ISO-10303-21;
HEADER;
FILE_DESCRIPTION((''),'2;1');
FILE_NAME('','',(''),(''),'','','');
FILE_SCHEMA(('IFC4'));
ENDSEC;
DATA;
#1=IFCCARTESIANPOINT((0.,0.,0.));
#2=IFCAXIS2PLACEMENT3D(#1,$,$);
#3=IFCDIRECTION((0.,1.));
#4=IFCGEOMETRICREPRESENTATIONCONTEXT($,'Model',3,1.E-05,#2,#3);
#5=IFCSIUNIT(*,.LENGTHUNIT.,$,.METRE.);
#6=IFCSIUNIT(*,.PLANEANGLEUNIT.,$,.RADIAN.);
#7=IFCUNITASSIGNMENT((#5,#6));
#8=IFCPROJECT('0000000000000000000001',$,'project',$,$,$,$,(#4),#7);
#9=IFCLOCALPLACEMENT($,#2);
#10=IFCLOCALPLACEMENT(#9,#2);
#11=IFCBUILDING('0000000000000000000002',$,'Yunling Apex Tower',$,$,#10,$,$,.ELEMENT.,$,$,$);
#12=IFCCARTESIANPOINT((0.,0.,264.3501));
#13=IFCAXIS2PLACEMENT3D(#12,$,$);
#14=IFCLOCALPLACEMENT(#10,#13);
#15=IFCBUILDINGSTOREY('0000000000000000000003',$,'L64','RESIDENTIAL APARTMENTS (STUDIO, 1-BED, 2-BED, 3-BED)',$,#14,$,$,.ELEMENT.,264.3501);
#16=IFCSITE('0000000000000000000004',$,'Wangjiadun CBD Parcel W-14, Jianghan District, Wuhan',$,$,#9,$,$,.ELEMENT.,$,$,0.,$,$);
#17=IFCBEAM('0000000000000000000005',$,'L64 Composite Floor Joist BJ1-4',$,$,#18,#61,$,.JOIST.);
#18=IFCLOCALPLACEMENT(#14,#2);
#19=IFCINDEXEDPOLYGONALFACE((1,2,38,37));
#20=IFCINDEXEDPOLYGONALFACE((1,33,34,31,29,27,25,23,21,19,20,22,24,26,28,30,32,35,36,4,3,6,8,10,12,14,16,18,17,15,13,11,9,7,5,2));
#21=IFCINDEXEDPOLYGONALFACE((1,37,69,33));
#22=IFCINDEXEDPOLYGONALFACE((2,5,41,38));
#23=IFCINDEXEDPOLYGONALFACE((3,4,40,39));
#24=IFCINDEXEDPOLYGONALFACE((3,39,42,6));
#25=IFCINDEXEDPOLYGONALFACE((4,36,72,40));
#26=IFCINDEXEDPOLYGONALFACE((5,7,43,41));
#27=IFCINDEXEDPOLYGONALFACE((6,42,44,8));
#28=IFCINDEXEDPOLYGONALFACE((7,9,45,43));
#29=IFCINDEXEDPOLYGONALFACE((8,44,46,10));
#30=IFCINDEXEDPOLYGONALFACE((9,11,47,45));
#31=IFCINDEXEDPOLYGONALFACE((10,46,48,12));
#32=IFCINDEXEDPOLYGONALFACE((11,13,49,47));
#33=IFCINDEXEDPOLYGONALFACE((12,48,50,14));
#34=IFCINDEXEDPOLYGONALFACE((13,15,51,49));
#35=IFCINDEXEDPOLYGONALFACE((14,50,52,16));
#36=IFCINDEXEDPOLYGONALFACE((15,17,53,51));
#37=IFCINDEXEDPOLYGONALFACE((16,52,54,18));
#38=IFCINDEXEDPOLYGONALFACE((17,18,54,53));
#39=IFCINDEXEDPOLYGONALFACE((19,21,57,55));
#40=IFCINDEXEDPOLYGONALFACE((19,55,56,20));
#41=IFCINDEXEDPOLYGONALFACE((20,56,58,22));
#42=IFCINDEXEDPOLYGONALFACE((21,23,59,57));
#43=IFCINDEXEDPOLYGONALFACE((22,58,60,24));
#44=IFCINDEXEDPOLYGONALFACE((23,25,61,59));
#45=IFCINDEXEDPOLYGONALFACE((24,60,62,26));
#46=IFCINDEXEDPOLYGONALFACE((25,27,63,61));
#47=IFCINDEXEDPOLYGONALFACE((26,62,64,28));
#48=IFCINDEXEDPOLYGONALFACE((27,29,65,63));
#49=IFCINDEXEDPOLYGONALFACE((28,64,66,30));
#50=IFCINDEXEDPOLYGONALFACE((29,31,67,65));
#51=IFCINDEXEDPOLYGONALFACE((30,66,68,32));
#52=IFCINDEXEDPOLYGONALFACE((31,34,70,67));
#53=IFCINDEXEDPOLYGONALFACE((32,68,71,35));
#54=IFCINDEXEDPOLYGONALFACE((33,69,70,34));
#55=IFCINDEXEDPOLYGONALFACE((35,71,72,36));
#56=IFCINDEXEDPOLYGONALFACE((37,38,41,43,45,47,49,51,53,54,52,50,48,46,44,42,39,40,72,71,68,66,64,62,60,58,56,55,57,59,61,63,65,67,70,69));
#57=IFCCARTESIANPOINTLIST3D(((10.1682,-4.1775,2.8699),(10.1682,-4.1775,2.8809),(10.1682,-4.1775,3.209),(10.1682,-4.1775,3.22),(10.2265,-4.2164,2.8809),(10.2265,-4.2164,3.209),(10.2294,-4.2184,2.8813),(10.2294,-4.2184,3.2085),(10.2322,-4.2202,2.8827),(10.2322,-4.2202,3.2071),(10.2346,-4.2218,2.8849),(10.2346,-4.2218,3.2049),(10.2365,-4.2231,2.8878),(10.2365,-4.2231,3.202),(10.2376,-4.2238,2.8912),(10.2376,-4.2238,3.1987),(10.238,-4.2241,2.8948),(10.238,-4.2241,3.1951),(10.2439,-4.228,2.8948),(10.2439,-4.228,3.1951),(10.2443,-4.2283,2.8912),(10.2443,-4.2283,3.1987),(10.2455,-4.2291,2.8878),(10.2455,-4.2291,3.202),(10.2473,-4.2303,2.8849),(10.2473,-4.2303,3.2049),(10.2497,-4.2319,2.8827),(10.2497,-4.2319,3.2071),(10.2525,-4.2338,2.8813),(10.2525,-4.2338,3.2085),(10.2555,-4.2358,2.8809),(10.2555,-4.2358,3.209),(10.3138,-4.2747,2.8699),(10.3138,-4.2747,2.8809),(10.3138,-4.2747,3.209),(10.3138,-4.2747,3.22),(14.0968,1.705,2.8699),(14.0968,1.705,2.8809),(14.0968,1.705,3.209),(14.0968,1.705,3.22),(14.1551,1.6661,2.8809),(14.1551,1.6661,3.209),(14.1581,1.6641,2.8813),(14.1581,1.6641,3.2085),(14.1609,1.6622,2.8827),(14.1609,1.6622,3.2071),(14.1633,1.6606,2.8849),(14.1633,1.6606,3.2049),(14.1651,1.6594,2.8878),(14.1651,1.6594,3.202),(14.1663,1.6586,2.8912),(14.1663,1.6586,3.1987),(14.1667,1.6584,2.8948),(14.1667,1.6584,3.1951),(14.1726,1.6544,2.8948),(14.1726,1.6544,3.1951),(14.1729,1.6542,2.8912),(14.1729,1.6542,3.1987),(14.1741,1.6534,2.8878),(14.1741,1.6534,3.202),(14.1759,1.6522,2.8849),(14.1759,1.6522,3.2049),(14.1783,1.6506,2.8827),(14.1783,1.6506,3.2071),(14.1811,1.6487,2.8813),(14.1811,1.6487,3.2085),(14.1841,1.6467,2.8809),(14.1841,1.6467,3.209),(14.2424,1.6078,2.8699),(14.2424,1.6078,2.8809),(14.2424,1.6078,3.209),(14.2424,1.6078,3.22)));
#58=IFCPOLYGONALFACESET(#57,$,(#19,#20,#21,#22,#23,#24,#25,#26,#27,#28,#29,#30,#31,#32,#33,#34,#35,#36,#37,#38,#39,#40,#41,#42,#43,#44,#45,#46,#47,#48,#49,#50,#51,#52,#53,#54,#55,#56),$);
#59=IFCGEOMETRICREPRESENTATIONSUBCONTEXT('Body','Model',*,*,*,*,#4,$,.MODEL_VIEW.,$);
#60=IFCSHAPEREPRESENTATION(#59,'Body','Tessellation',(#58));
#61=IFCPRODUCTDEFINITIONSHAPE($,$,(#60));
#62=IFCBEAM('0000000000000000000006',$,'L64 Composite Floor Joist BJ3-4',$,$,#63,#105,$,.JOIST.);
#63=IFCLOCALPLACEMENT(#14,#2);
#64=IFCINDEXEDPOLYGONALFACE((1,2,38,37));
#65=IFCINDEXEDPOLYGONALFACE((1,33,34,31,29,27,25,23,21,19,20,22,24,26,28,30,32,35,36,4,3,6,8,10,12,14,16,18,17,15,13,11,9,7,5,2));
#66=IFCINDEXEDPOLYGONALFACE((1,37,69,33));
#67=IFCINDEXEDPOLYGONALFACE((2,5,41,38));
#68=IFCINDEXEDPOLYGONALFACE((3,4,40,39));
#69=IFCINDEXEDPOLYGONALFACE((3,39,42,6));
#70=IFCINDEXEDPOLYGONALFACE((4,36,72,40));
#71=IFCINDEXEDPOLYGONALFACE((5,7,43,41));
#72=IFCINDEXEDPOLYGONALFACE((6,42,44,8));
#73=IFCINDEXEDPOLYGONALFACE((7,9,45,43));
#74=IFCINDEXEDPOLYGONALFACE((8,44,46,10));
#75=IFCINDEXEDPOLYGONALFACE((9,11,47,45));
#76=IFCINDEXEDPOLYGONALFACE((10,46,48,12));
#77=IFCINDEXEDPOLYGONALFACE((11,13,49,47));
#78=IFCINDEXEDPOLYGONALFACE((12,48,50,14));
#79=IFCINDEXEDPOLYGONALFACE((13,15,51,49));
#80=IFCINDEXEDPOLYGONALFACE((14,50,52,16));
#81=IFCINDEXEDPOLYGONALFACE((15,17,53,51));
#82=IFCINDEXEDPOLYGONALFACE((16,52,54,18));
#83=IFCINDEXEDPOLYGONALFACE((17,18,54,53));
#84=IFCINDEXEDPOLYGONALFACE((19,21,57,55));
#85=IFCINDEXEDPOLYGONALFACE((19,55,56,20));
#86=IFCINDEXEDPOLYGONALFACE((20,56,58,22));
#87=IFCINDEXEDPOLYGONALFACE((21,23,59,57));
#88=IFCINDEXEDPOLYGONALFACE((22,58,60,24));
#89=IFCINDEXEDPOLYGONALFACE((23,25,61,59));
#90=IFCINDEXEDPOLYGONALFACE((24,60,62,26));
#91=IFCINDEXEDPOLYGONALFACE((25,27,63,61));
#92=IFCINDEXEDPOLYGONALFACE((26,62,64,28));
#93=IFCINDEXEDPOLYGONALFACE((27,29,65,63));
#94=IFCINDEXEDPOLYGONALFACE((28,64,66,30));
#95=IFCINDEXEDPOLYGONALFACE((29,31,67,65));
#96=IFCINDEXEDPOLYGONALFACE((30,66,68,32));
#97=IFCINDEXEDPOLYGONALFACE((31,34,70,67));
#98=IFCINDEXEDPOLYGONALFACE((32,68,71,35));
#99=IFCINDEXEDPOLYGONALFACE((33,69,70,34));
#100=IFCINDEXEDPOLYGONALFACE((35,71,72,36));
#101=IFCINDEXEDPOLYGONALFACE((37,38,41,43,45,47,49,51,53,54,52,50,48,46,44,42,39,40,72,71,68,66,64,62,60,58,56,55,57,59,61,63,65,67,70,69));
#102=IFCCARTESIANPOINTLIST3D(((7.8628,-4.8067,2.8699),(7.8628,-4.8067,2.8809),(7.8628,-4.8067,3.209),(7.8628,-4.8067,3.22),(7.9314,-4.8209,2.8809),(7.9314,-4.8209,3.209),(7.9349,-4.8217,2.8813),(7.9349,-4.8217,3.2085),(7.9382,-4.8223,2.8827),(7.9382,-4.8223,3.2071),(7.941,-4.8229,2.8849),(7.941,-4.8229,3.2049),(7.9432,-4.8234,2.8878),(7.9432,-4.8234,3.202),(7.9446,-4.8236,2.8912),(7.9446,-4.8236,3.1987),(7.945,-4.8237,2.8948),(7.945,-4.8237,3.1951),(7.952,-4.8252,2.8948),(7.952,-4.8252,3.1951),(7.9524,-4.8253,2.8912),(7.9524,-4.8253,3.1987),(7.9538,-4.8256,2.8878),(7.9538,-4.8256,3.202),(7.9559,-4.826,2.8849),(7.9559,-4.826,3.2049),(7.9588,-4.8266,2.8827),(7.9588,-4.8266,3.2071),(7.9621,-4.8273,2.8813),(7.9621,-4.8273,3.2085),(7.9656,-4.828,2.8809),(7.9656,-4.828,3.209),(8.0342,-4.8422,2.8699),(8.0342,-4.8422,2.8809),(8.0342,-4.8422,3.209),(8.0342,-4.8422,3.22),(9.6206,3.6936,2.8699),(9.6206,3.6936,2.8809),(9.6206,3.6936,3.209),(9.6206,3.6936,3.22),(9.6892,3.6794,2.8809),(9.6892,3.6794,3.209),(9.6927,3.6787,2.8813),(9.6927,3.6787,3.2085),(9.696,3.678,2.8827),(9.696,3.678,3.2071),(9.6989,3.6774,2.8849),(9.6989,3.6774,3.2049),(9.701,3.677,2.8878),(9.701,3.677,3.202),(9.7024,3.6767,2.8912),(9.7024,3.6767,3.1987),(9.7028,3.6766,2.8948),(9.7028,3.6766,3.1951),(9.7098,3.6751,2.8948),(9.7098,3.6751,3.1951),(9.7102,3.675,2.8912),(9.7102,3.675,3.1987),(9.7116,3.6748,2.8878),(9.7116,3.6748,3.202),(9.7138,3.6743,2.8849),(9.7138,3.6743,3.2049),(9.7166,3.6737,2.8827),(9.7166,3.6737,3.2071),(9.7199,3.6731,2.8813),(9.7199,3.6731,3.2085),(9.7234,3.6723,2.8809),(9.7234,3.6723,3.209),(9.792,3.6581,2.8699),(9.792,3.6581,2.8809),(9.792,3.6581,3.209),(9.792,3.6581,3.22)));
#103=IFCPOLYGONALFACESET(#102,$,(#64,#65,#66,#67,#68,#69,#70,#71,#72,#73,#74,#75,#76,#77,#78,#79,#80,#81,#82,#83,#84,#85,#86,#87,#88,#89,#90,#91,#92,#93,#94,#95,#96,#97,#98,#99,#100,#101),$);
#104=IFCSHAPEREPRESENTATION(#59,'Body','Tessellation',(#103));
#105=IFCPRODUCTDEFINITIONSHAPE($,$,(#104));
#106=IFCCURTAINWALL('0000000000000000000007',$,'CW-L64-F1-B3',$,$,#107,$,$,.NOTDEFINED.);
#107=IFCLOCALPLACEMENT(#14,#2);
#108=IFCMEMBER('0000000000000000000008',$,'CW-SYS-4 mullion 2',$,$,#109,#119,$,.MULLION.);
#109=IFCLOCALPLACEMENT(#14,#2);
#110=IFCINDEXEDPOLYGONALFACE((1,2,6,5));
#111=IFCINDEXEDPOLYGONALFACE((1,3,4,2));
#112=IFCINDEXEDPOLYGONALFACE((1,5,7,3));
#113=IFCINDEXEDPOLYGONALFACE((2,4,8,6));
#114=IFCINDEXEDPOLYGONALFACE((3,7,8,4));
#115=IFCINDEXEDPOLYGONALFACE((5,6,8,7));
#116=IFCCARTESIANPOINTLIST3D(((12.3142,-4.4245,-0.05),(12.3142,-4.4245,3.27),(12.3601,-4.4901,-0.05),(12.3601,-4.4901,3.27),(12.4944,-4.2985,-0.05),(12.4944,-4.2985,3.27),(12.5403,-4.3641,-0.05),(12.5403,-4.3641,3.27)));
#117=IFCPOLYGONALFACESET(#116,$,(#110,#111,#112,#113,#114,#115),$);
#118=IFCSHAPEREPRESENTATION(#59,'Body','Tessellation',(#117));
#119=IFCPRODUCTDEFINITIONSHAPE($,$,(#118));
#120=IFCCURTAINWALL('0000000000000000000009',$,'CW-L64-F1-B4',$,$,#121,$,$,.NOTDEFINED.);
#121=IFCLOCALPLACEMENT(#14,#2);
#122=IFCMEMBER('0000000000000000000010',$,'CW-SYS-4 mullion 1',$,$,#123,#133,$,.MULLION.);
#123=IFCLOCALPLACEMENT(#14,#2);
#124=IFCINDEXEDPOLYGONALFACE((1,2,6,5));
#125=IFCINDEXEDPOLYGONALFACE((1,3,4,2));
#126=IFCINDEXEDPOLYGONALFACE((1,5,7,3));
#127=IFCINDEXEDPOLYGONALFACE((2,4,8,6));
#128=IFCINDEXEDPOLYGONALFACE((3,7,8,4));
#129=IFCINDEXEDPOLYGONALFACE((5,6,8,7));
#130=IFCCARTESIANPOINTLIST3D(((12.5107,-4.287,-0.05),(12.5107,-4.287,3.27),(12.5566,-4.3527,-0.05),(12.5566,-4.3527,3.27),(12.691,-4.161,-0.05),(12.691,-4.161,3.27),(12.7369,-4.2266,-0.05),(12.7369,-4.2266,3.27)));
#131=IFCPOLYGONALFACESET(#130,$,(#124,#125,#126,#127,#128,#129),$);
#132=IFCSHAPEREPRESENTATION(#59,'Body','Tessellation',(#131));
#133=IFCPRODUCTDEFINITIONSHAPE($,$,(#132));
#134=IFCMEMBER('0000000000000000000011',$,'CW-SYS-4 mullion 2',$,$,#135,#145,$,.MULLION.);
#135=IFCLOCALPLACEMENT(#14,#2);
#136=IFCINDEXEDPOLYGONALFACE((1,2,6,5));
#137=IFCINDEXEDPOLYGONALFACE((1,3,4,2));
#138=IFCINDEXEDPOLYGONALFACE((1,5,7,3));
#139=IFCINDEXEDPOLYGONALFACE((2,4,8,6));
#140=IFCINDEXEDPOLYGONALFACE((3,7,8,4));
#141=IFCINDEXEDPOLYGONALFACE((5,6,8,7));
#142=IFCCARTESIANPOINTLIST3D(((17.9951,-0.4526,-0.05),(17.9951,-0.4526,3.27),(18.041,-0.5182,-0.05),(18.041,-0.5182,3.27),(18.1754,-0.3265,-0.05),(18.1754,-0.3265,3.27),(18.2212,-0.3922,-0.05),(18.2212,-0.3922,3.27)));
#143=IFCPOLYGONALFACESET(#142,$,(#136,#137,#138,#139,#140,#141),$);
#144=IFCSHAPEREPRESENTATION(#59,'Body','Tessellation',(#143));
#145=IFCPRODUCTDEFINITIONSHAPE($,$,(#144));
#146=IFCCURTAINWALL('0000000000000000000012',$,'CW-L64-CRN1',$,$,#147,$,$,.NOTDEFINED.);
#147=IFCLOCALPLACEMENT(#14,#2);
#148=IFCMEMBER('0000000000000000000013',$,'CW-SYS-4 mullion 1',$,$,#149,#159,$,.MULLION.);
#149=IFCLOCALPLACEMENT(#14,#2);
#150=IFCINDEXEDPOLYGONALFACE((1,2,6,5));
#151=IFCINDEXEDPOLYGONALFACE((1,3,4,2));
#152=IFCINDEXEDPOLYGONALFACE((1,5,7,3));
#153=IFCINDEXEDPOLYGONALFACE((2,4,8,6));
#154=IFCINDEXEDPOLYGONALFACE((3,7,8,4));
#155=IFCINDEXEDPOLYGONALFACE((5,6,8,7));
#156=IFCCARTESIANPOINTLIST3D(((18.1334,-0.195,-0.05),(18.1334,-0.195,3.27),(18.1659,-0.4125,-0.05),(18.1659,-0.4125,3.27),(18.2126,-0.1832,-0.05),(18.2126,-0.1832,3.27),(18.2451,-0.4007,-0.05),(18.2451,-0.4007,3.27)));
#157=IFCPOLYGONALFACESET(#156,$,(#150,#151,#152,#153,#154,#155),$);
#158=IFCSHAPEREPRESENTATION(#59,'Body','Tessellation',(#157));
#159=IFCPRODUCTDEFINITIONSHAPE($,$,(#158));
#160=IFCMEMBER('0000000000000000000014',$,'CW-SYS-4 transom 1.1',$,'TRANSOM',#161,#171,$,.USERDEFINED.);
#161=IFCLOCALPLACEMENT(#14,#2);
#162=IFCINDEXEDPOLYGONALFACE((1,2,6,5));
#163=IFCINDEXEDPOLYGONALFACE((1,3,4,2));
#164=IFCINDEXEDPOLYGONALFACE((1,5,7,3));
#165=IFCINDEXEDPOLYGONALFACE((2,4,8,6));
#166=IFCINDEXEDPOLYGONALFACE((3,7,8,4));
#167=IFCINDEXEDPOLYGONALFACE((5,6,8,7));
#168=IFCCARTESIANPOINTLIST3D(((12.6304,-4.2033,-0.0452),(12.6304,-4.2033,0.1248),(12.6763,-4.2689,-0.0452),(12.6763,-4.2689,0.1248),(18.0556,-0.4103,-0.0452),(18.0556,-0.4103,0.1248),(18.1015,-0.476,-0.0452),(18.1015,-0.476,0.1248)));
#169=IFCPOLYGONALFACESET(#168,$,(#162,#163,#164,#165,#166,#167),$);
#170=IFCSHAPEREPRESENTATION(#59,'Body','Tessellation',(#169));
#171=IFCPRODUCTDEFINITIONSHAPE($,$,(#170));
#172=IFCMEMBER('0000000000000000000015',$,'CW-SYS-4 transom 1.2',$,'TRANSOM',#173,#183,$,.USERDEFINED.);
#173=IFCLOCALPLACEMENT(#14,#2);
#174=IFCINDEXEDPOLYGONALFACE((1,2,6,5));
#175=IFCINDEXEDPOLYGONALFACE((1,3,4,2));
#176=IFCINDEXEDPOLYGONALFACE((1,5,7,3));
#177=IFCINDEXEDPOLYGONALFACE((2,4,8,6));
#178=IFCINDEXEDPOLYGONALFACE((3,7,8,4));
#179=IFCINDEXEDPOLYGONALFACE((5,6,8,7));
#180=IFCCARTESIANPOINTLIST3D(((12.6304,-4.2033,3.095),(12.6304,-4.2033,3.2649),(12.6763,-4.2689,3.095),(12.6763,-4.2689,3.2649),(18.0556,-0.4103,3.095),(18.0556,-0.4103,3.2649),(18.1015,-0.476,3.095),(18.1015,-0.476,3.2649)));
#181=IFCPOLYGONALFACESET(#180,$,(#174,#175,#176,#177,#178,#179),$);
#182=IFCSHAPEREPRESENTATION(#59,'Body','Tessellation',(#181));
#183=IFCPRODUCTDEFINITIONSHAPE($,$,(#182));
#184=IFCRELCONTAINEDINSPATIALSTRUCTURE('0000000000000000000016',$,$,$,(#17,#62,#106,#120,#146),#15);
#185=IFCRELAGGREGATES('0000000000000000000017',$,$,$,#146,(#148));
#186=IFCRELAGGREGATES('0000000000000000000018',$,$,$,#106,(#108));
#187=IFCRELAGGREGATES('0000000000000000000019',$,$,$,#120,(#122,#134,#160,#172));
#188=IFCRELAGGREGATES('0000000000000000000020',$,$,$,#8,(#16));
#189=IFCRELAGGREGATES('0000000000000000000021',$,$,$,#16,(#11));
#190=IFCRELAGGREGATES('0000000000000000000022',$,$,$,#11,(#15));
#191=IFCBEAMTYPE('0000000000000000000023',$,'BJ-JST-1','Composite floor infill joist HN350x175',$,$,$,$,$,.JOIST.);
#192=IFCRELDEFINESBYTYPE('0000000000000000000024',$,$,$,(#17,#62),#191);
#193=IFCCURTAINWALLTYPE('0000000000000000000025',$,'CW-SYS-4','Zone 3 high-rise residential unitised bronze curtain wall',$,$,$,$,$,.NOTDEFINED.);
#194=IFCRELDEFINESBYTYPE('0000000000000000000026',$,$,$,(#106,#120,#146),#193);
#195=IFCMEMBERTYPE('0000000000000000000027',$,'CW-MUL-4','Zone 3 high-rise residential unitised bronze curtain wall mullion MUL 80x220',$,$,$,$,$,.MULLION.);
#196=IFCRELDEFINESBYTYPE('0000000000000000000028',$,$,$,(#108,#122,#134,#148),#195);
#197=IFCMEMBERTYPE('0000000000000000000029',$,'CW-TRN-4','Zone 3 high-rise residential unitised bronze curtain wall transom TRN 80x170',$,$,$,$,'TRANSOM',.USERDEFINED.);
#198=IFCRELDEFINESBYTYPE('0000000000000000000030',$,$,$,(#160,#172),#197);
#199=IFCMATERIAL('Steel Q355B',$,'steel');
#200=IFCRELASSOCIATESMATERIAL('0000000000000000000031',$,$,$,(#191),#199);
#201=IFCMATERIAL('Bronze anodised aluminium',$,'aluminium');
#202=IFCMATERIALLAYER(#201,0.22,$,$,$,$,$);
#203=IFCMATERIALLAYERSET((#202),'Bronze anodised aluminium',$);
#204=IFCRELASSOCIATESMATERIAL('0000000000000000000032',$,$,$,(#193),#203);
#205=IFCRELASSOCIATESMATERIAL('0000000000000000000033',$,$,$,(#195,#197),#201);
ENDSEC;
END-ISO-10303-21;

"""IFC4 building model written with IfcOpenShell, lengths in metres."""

from ifc_helpers import new_model, si_unit, direction, frame, origin, origin_2d, place, context, subcontext, project, spatial, rectangle, i_section, extrude, source, transform, mapped, material, layer, layer_set, material_profile, profile_set, type_object, element, aggregate, save


model = new_model("IFC4")

# Units and contexts
model_context = context("Model", 3, precision=1e-05, world=origin(), true_north=direction((0.0, 1.0)))
body_context = subcontext(model_context, "Body", "Model", "MODEL_VIEW")
ifc_project = project(units=[si_unit("LENGTHUNIT", "METRE"), si_unit("PLANEANGLEUNIT", "RADIAN")], contexts=[model_context])

# Site, building, storey
site_placement = place(None, origin())
site = spatial("IfcSite", under=ifc_project, at=site_placement, Name="Wangjiadun CBD Parcel W-14, Jianghan District, Wuhan", CompositionType="ELEMENT", RefElevation=0.0)
building_placement = place(site_placement, origin())
building = spatial("IfcBuilding", under=site, at=building_placement, Name="Yunling Apex Tower", CompositionType="ELEMENT")
storey_placement = place(building_placement, frame((0.0, 0.0, 264.3501)))
storey = spatial("IfcBuildingStorey", under=building, at=storey_placement, Name="L64", Description="RESIDENTIAL APARTMENTS (STUDIO, 1-BED, 2-BED, 3-BED)", CompositionType="ELEMENT", Elevation=264.3501)

# Shared definitions
ifc_material_1 = material(Name="Steel Q355B", Category="steel")

# Beams
ifc_material_profile_1 = material_profile(ifc_material_1, i_section(OverallWidth=0.175, OverallDepth=0.3501, WebThickness=0.0071, FlangeThickness=0.011, FilletRadius=0.0139, at=origin_2d()))
ifc_profile_set_1 = profile_set([ifc_material_profile_1], Name="Steel Q355B")
beam_type_1 = type_object("IfcBeamType", Name="BJ-JST-1", Description="Composite floor infill joist HN350x175", PredefinedType="JOIST", material=ifc_profile_set_1)
shared_shape_1 = source(origin(), body_context, "Body", "SweptSolid", [
    extrude(i_section(OverallWidth=0.175, OverallDepth=0.3501, WebThickness=0.0071, FlangeThickness=0.011, FilletRadius=0.0139, at=origin_2d()), origin(), (0.0, 0.0, 1.0), 7.0737),
])
beam_1_placement = place(storey_placement, frame((10.241, -4.2261, 3.0449), z_axis=(0.555385, 0.831593, 0.0), x_axis=(-0.831593, 0.555385, 0.0)))
element("IfcBeam", 1, at=beam_1_placement, inside=storey, type_object=beam_type_1, Name="L64 Composite Floor Joist BJ1-4", PredefinedType="JOIST", context=body_context, shape_type="MappedRepresentation", body=[
    mapped(shared_shape_1, transform((0.0, 0.0, 0.0), scale=1.0)),
])
shared_shape_2 = source(origin(), body_context, "Body", "SweptSolid", [
    extrude(i_section(OverallWidth=0.175, OverallDepth=0.3501, WebThickness=0.0071, FlangeThickness=0.011, FilletRadius=0.0139, at=origin_2d()), origin(), (0.0, 0.0, 1.0), 8.6802),
])
beam_2_placement = place(storey_placement, frame((7.9485, -4.8245, 3.0449), z_axis=(0.202511, 0.97928, 0.0), x_axis=(-0.97928, 0.202511, 0.0)))
element("IfcBeam", 2, at=beam_2_placement, inside=storey, type_object=beam_type_1, Name="L64 Composite Floor Joist BJ3-4", PredefinedType="JOIST", context=body_context, shape_type="MappedRepresentation", body=[
    mapped(shared_shape_2, transform((0.0, 0.0, 0.0), scale=1.0)),
])

# Curtain wall, member
ifc_material_2 = material(Name="Bronze anodised aluminium", Category="aluminium")
ifc_layer_1 = layer(ifc_material_2, 0.22)
ifc_layer_set_1 = layer_set([ifc_layer_1], Name="Bronze anodised aluminium")
curtain_wall_type = type_object("IfcCurtainWallType", Name="CW-SYS-4", Description="Zone 3 high-rise residential unitised bronze curtain wall", PredefinedType="NOTDEFINED", material=ifc_layer_set_1)
curtain_wall_1_placement = place(storey_placement, origin())
curtain_wall_1 = element("IfcCurtainWall", 3, at=curtain_wall_1_placement, inside=storey, type_object=curtain_wall_type, Name="CW-L64-F1-B3", PredefinedType="NOTDEFINED")
ifc_material_profile_2 = material_profile(ifc_material_2, rectangle(XDim=0.0801, YDim=0.22, at=origin_2d()))
ifc_profile_set_2 = profile_set([ifc_material_profile_2], Name="Bronze anodised aluminium")
member_type_1 = type_object("IfcMemberType", Name="CW-MUL-4", Description="Zone 3 high-rise residential unitised bronze curtain wall mullion MUL 80x220", PredefinedType="MULLION", material=ifc_profile_set_2)
shared_shape_3 = source(origin(), body_context, "Body", "SweptSolid", [
    extrude(rectangle(XDim=0.0801, YDim=0.22, at=origin_2d()), origin(), (0.0, 0.0, 1.0), 3.3201),
])
member_1_placement = place(storey_placement, frame((12.4272, -4.3943, -0.05), z_axis=(0.0, 0.0, 1.0), x_axis=(-0.57301, 0.819548, 0.0)))
member_1 = element("IfcMember", 4, at=member_1_placement, type_object=member_type_1, Name="CW-SYS-4 mullion 2", PredefinedType="MULLION", context=body_context, shape_type="MappedRepresentation", body=[
    mapped(shared_shape_3, transform((0.0, 0.0, 0.0), scale=1.0)),
])

# Curtain wall, members
curtain_wall_2_placement = place(storey_placement, origin())
curtain_wall_2 = element("IfcCurtainWall", 5, at=curtain_wall_2_placement, inside=storey, type_object=curtain_wall_type, Name="CW-L64-F1-B4", PredefinedType="NOTDEFINED")
member_2_placement = place(storey_placement, frame((12.6238, -4.2568, -0.05), z_axis=(0.0, 0.0, 1.0), x_axis=(-0.573, 0.819555, 0.0)))
member_2 = element("IfcMember", 6, at=member_2_placement, type_object=member_type_1, Name="CW-SYS-4 mullion 1", PredefinedType="MULLION", context=body_context, shape_type="MappedRepresentation", body=[
    mapped(shared_shape_3, transform((0.0, 0.0, 0.0), scale=1.0)),
])
member_3_placement = place(storey_placement, frame((18.1082, -0.4224, -0.05), z_axis=(0.0, 0.0, 1.0), x_axis=(-0.573, 0.819555, 0.0)))
member_3 = element("IfcMember", 7, at=member_3_placement, type_object=member_type_1, Name="CW-SYS-4 mullion 2", PredefinedType="MULLION", context=body_context, shape_type="MappedRepresentation", body=[
    mapped(shared_shape_3, transform((0.0, 0.0, 0.0), scale=1.0)),
])

# Curtain wall, member
curtain_wall_3_placement = place(storey_placement, origin())
curtain_wall_3 = element("IfcCurtainWall", 8, at=curtain_wall_3_placement, inside=storey, type_object=curtain_wall_type, Name="CW-L64-CRN1", PredefinedType="NOTDEFINED")
member_4_placement = place(storey_placement, frame((18.1892, -0.2979, -0.05), z_axis=(0.0, 0.0, 1.0), x_axis=(-0.989017, -0.147803, 0.0)))
member_4 = element("IfcMember", 9, at=member_4_placement, type_object=member_type_1, Name="CW-SYS-4 mullion 1", PredefinedType="MULLION", context=body_context, shape_type="MappedRepresentation", body=[
    mapped(shared_shape_3, transform((0.0, 0.0, 0.0), scale=1.0)),
])

# Members
ifc_material_profile_3 = material_profile(ifc_material_2, rectangle(XDim=0.0801, YDim=0.1699, at=origin_2d()))
ifc_profile_set_3 = profile_set([ifc_material_profile_3], Name="Bronze anodised aluminium")
member_type_2 = type_object("IfcMemberType", Name="CW-TRN-4", Description="Zone 3 high-rise residential unitised bronze curtain wall transom TRN 80x170", ElementType="TRANSOM", PredefinedType="USERDEFINED", material=ifc_profile_set_3)
shared_shape_4 = source(origin(), body_context, "Body", "SweptSolid", [
    extrude(rectangle(XDim=0.0801, YDim=0.1699, at=origin_2d()), origin(), (0.0, 0.0, 1.0), 6.6196),
])
member_5_placement = place(storey_placement, frame((12.6533, -4.2361, 0.0398), z_axis=(0.819568, 0.572982, 0.0), x_axis=(-0.572982, 0.819568, 0.0)))
member_5 = element("IfcMember", 10, at=member_5_placement, type_object=member_type_2, Name="CW-SYS-4 transom 1.1", ObjectType="TRANSOM", PredefinedType="USERDEFINED", context=body_context, shape_type="MappedRepresentation", body=[
    mapped(shared_shape_4, transform((0.0, 0.0, 0.0), scale=1.0)),
])
member_6_placement = place(storey_placement, frame((12.6533, -4.2361, 3.1799), z_axis=(0.819568, 0.572982, 0.0), x_axis=(-0.572982, 0.819568, 0.0)))
member_6 = element("IfcMember", 11, at=member_6_placement, type_object=member_type_2, Name="CW-SYS-4 transom 1.2", ObjectType="TRANSOM", PredefinedType="USERDEFINED", context=body_context, shape_type="MappedRepresentation", body=[
    mapped(shared_shape_4, transform((0.0, 0.0, 0.0), scale=1.0)),
])
aggregate(curtain_wall_3, [member_4])

aggregate(curtain_wall_1, [member_1])
aggregate(curtain_wall_2, [member_2, member_3, member_5, member_6])

save(model, "model.ifc")
